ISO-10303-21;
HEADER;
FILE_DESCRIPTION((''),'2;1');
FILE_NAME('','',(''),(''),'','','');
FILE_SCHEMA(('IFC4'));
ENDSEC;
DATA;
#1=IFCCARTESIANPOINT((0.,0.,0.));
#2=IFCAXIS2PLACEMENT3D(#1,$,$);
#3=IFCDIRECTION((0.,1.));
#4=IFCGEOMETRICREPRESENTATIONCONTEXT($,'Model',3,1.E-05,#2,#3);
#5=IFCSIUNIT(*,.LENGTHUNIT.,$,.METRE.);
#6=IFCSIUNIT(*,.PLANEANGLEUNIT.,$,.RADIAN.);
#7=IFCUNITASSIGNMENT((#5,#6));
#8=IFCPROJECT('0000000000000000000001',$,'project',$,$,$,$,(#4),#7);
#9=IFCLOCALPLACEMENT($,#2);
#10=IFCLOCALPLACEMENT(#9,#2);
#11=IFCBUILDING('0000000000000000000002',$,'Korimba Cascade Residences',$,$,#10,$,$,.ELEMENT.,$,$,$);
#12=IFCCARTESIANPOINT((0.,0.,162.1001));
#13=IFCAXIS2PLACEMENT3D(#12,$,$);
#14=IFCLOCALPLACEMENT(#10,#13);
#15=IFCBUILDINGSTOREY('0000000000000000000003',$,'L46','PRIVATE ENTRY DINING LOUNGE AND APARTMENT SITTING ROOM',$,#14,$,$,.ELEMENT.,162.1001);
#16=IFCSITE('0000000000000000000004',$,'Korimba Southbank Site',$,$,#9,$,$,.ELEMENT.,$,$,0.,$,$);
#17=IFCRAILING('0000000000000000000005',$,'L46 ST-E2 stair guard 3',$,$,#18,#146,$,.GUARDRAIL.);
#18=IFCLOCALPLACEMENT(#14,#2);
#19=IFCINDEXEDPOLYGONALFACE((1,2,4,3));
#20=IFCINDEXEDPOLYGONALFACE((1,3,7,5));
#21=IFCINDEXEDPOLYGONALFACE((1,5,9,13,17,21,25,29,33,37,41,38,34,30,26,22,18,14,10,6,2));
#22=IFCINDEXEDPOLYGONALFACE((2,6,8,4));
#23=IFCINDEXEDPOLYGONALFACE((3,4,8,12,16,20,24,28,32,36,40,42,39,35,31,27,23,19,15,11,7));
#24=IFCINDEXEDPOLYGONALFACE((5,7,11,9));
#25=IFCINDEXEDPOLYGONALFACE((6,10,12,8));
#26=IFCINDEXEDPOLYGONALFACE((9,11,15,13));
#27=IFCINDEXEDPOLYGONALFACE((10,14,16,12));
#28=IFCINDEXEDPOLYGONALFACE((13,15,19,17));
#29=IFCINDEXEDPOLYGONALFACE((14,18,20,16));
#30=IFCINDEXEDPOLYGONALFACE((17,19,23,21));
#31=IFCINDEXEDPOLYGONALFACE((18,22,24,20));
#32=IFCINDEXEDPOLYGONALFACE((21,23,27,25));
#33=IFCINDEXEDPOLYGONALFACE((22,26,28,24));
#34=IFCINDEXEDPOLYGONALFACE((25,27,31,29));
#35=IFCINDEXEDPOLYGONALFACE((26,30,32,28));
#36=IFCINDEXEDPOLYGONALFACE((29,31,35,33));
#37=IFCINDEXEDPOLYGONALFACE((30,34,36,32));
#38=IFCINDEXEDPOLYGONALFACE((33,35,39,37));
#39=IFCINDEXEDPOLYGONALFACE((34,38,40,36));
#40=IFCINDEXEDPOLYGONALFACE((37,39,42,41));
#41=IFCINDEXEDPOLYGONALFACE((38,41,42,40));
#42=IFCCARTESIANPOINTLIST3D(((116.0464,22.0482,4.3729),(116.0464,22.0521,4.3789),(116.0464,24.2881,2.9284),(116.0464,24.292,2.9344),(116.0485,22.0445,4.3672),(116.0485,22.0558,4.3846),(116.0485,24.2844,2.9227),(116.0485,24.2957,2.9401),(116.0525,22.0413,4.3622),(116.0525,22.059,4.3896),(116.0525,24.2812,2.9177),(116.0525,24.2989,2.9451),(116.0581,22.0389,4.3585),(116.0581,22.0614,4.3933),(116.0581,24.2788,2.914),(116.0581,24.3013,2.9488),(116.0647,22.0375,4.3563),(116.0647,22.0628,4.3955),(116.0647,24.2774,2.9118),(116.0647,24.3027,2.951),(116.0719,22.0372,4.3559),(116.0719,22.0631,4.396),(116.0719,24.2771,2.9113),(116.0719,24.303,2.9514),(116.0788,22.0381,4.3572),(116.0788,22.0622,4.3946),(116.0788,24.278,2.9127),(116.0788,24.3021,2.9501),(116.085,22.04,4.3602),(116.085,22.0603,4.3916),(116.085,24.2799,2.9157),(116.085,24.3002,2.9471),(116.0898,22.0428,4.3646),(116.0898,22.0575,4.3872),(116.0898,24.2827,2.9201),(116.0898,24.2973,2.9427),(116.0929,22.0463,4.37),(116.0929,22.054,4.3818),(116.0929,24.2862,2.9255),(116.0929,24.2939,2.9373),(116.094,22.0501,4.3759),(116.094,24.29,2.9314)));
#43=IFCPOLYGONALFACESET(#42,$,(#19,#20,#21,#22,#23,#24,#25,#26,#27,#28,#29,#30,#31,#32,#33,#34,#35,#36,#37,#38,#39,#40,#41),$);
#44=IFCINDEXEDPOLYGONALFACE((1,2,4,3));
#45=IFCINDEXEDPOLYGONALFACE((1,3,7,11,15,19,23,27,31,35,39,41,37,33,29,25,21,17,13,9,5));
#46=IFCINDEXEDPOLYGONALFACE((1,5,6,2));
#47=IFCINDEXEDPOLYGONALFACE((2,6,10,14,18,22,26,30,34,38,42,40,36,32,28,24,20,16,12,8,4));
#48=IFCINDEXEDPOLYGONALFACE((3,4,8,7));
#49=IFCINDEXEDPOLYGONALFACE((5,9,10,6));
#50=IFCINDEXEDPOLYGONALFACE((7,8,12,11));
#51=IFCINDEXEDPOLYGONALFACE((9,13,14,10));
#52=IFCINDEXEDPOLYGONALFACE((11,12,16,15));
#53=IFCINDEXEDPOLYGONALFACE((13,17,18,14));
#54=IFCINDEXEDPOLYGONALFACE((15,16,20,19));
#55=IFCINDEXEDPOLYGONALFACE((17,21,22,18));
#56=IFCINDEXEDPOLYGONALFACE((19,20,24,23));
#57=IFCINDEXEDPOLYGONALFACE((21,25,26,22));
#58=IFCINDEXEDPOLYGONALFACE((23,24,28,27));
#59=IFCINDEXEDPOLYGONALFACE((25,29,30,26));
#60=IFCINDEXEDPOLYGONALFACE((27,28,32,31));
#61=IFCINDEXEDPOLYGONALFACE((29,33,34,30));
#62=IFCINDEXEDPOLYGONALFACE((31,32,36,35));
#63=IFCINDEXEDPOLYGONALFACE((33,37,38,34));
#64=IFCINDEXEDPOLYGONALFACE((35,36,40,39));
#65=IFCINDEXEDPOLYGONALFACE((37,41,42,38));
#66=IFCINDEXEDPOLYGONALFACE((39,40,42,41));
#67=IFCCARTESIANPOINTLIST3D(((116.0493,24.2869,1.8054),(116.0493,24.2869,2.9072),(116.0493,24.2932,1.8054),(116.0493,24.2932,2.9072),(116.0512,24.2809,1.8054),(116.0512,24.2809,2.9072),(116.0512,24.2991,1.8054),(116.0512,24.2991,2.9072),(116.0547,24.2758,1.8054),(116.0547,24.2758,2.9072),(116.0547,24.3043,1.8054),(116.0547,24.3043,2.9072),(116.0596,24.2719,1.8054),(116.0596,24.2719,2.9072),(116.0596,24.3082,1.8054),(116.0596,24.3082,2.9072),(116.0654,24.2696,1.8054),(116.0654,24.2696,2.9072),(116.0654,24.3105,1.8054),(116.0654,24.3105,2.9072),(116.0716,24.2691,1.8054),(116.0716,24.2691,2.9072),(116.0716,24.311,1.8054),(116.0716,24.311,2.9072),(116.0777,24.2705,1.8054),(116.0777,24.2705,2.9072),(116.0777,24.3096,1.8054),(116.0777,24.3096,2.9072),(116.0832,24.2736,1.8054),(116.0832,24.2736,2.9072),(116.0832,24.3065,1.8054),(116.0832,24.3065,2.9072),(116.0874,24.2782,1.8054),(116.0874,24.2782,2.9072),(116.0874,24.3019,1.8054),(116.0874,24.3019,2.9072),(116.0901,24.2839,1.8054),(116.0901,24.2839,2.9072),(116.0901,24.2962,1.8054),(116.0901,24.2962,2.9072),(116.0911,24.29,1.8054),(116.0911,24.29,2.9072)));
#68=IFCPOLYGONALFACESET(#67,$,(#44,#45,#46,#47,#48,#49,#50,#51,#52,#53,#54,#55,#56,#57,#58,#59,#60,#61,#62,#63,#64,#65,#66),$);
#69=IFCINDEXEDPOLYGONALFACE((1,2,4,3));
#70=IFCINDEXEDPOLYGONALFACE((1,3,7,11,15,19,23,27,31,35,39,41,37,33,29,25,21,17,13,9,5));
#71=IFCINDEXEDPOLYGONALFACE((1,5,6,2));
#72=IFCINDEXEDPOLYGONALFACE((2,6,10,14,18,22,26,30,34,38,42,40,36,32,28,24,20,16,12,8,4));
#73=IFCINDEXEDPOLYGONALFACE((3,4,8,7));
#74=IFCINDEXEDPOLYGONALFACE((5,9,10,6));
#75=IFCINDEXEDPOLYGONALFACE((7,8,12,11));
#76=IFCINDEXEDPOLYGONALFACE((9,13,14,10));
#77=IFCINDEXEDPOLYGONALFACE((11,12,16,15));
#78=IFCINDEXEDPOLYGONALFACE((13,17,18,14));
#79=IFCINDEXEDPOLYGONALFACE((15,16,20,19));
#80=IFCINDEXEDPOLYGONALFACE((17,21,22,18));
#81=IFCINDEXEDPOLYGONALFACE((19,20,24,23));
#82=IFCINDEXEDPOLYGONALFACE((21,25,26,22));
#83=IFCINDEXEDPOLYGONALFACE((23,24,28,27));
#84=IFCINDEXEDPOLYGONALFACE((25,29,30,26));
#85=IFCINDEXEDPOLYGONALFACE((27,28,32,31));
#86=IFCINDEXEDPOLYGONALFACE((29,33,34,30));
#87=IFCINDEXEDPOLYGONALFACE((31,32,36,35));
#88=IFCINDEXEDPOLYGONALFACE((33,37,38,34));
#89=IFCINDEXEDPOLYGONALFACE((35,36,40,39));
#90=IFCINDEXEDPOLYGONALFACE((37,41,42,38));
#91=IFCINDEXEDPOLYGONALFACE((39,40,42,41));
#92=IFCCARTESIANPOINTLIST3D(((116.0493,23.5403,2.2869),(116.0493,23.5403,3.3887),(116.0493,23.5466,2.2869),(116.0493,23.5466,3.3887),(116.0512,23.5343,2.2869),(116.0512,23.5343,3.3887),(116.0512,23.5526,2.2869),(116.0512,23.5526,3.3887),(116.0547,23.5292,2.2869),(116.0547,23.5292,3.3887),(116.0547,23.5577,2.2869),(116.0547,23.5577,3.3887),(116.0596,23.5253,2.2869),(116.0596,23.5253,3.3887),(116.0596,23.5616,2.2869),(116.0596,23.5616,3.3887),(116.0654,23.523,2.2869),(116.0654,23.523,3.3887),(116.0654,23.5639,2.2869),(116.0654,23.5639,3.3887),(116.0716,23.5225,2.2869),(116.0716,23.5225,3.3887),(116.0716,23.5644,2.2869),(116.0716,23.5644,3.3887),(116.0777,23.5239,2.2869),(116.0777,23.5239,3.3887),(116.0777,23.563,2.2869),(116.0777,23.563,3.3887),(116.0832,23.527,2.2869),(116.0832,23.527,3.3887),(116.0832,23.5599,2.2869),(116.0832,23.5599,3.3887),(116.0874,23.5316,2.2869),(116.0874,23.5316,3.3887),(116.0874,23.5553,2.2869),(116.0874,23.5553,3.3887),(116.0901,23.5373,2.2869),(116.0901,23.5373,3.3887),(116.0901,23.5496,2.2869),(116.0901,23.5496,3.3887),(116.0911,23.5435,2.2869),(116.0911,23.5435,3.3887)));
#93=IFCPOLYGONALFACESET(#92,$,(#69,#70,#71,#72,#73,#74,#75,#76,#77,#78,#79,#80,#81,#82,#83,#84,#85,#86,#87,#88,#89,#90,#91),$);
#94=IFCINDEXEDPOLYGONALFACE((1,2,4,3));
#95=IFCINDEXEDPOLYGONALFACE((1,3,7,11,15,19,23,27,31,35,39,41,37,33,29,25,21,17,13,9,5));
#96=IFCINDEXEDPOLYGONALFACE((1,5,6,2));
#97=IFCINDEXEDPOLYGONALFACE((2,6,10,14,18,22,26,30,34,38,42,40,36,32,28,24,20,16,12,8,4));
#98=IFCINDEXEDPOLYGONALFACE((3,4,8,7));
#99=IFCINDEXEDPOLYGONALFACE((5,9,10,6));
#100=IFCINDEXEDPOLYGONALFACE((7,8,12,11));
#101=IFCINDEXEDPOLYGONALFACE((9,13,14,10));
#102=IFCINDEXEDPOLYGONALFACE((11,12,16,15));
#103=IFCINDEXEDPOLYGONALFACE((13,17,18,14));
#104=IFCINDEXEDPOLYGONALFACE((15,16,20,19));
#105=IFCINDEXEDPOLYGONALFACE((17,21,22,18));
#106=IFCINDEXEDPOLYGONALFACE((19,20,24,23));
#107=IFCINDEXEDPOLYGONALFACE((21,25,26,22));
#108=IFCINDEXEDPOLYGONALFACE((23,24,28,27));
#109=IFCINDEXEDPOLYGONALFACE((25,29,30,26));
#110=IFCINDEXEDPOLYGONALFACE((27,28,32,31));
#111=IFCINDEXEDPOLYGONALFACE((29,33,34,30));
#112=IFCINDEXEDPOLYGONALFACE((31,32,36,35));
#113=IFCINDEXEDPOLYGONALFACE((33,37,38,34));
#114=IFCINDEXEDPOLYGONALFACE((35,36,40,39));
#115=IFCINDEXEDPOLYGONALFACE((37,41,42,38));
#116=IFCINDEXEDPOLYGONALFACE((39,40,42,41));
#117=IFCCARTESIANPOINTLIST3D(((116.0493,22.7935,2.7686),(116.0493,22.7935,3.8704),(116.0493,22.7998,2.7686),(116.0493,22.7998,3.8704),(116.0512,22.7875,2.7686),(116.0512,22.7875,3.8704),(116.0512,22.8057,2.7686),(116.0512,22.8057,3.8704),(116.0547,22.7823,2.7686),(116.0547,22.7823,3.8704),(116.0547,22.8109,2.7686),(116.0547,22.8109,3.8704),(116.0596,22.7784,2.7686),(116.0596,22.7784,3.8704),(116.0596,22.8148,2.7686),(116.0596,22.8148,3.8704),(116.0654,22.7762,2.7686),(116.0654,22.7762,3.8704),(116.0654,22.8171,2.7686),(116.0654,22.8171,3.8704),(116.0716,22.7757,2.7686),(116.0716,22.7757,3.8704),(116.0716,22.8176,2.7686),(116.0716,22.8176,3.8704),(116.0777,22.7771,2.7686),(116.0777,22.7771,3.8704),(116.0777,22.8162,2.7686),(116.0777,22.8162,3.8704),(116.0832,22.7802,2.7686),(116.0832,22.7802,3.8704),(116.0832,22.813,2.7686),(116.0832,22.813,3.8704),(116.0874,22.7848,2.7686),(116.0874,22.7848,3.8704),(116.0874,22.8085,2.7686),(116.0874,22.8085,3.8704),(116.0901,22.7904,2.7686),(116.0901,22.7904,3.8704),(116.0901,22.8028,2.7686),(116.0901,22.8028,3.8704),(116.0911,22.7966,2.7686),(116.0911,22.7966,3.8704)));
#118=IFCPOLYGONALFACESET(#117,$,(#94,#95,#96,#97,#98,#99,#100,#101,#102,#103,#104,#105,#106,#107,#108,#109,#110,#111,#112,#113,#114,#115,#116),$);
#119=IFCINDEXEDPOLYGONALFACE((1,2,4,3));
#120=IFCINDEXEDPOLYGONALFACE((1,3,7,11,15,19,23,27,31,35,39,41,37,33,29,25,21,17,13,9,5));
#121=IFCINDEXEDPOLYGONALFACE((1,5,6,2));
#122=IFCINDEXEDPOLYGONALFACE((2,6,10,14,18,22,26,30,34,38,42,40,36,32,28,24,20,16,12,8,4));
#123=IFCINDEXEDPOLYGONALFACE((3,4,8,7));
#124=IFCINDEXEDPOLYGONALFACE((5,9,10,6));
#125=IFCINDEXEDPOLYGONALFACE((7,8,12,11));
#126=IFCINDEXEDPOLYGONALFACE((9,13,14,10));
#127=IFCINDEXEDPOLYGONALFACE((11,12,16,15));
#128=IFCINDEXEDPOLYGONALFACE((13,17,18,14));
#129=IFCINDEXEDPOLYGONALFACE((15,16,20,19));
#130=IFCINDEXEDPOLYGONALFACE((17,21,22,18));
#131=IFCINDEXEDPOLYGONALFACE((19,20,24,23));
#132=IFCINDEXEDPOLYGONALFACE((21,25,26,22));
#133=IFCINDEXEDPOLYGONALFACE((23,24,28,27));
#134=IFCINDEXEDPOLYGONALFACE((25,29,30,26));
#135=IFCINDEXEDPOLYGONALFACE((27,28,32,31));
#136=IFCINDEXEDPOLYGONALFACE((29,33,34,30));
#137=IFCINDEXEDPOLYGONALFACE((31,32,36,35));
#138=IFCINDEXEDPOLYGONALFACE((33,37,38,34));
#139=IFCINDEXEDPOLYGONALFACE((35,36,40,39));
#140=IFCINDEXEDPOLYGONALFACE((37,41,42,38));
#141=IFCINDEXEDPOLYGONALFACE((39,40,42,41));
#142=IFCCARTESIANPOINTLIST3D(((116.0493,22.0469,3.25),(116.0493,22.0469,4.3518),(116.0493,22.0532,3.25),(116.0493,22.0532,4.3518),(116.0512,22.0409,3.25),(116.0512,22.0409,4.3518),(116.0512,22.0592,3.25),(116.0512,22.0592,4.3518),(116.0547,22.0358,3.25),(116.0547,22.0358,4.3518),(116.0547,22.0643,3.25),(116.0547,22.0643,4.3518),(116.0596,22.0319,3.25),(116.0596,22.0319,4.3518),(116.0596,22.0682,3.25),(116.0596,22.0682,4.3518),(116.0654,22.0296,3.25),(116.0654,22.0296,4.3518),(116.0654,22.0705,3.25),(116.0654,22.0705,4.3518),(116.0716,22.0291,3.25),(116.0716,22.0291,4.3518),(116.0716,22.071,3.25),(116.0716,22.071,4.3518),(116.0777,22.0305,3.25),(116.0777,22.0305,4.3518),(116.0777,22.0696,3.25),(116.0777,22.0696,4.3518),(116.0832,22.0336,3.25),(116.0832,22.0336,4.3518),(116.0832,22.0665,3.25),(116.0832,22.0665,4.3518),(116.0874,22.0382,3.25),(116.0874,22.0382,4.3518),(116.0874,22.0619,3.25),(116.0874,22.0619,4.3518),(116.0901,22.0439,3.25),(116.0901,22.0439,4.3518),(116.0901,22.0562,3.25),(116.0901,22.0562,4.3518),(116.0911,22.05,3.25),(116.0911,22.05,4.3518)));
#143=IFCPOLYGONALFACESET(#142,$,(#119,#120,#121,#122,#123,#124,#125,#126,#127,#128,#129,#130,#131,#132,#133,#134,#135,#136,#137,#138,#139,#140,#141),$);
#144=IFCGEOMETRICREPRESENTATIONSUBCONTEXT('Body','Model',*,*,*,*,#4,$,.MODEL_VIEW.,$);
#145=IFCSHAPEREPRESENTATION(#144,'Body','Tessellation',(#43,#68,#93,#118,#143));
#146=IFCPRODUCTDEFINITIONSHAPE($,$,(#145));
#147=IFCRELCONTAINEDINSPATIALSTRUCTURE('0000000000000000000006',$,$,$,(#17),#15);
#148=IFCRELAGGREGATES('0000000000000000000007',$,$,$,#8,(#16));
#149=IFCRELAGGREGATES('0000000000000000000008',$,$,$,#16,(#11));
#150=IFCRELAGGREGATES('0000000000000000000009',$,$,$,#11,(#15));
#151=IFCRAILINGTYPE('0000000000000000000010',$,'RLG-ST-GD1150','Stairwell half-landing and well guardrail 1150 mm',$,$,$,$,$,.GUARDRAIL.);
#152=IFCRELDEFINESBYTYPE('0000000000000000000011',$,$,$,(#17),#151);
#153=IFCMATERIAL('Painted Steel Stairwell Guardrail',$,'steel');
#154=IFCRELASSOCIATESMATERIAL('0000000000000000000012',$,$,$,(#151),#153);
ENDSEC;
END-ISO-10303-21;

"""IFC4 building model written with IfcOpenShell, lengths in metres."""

from ifc_helpers import new_model, si_unit, direction, frame, origin, origin_2d, place, context, subcontext, project, spatial, circle, extrude, material, type_object, element, save


model = new_model("IFC4")

# Units and contexts
model_context = context("Model", 3, precision=1e-05, world=origin(), true_north=direction((0.0, 1.0)))
body_context = subcontext(model_context, "Body", "Model", "MODEL_VIEW")
ifc_project = project(units=[si_unit("LENGTHUNIT", "METRE"), si_unit("PLANEANGLEUNIT", "RADIAN")], contexts=[model_context])

# Site, building, storey
site_placement = place(None, origin())
site = spatial("IfcSite", under=ifc_project, at=site_placement, Name="Korimba Southbank Site", CompositionType="ELEMENT", RefElevation=0.0)
building_placement = place(site_placement, origin())
building = spatial("IfcBuilding", under=site, at=building_placement, Name="Korimba Cascade Residences", CompositionType="ELEMENT")
storey_placement = place(building_placement, frame((0.0, 0.0, 162.1001)))
storey = spatial("IfcBuildingStorey", under=building, at=storey_placement, Name="L46", Description="PRIVATE ENTRY DINING LOUNGE AND APARTMENT SITTING ROOM", CompositionType="ELEMENT", Elevation=162.1001)

# Railing
ifc_material_1 = material(Name="Painted Steel Stairwell Guardrail", Category="steel")
railing_type_1 = type_object("IfcRailingType", Name="RLG-ST-GD1150", Description="Stairwell half-landing and well guardrail 1150 mm", PredefinedType="GUARDRAIL", material=ifc_material_1)
railing_1_placement = place(storey_placement, frame((116.0701, 24.29, 1.8054)))
element("IfcRailing", 1, at=railing_1_placement, inside=storey, type_object=railing_type_1, Name="L46 ST-E2 stair guard 3", PredefinedType="GUARDRAIL", context=body_context, shape_type="SweptSolid", body=[
    extrude(circle(Radius=0.0239, at=origin_2d()), frame((0.0, 0.0, 1.126), z_axis=(0.0, -0.840395, 0.541975), x_axis=(1.0, 0.0, 0.0)), (0.0, 0.0, 1.0), 2.6653),
    extrude(circle(Radius=0.021, at=origin_2d()), origin(), (0.0, 0.0, 1.0), 1.1018),
    extrude(circle(Radius=0.021, at=origin_2d()), frame((0.0, -0.7466, 0.4814)), (0.0, 0.0, 1.0), 1.1018),
    extrude(circle(Radius=0.021, at=origin_2d()), frame((0.0, -1.4934, 0.9631)), (0.0, 0.0, 1.0), 1.1018),
    extrude(circle(Radius=0.021, at=origin_2d()), frame((0.0, -2.24, 1.4446)), (0.0, 0.0, 1.0), 1.1018),
])

save(model, "model.ifc")
